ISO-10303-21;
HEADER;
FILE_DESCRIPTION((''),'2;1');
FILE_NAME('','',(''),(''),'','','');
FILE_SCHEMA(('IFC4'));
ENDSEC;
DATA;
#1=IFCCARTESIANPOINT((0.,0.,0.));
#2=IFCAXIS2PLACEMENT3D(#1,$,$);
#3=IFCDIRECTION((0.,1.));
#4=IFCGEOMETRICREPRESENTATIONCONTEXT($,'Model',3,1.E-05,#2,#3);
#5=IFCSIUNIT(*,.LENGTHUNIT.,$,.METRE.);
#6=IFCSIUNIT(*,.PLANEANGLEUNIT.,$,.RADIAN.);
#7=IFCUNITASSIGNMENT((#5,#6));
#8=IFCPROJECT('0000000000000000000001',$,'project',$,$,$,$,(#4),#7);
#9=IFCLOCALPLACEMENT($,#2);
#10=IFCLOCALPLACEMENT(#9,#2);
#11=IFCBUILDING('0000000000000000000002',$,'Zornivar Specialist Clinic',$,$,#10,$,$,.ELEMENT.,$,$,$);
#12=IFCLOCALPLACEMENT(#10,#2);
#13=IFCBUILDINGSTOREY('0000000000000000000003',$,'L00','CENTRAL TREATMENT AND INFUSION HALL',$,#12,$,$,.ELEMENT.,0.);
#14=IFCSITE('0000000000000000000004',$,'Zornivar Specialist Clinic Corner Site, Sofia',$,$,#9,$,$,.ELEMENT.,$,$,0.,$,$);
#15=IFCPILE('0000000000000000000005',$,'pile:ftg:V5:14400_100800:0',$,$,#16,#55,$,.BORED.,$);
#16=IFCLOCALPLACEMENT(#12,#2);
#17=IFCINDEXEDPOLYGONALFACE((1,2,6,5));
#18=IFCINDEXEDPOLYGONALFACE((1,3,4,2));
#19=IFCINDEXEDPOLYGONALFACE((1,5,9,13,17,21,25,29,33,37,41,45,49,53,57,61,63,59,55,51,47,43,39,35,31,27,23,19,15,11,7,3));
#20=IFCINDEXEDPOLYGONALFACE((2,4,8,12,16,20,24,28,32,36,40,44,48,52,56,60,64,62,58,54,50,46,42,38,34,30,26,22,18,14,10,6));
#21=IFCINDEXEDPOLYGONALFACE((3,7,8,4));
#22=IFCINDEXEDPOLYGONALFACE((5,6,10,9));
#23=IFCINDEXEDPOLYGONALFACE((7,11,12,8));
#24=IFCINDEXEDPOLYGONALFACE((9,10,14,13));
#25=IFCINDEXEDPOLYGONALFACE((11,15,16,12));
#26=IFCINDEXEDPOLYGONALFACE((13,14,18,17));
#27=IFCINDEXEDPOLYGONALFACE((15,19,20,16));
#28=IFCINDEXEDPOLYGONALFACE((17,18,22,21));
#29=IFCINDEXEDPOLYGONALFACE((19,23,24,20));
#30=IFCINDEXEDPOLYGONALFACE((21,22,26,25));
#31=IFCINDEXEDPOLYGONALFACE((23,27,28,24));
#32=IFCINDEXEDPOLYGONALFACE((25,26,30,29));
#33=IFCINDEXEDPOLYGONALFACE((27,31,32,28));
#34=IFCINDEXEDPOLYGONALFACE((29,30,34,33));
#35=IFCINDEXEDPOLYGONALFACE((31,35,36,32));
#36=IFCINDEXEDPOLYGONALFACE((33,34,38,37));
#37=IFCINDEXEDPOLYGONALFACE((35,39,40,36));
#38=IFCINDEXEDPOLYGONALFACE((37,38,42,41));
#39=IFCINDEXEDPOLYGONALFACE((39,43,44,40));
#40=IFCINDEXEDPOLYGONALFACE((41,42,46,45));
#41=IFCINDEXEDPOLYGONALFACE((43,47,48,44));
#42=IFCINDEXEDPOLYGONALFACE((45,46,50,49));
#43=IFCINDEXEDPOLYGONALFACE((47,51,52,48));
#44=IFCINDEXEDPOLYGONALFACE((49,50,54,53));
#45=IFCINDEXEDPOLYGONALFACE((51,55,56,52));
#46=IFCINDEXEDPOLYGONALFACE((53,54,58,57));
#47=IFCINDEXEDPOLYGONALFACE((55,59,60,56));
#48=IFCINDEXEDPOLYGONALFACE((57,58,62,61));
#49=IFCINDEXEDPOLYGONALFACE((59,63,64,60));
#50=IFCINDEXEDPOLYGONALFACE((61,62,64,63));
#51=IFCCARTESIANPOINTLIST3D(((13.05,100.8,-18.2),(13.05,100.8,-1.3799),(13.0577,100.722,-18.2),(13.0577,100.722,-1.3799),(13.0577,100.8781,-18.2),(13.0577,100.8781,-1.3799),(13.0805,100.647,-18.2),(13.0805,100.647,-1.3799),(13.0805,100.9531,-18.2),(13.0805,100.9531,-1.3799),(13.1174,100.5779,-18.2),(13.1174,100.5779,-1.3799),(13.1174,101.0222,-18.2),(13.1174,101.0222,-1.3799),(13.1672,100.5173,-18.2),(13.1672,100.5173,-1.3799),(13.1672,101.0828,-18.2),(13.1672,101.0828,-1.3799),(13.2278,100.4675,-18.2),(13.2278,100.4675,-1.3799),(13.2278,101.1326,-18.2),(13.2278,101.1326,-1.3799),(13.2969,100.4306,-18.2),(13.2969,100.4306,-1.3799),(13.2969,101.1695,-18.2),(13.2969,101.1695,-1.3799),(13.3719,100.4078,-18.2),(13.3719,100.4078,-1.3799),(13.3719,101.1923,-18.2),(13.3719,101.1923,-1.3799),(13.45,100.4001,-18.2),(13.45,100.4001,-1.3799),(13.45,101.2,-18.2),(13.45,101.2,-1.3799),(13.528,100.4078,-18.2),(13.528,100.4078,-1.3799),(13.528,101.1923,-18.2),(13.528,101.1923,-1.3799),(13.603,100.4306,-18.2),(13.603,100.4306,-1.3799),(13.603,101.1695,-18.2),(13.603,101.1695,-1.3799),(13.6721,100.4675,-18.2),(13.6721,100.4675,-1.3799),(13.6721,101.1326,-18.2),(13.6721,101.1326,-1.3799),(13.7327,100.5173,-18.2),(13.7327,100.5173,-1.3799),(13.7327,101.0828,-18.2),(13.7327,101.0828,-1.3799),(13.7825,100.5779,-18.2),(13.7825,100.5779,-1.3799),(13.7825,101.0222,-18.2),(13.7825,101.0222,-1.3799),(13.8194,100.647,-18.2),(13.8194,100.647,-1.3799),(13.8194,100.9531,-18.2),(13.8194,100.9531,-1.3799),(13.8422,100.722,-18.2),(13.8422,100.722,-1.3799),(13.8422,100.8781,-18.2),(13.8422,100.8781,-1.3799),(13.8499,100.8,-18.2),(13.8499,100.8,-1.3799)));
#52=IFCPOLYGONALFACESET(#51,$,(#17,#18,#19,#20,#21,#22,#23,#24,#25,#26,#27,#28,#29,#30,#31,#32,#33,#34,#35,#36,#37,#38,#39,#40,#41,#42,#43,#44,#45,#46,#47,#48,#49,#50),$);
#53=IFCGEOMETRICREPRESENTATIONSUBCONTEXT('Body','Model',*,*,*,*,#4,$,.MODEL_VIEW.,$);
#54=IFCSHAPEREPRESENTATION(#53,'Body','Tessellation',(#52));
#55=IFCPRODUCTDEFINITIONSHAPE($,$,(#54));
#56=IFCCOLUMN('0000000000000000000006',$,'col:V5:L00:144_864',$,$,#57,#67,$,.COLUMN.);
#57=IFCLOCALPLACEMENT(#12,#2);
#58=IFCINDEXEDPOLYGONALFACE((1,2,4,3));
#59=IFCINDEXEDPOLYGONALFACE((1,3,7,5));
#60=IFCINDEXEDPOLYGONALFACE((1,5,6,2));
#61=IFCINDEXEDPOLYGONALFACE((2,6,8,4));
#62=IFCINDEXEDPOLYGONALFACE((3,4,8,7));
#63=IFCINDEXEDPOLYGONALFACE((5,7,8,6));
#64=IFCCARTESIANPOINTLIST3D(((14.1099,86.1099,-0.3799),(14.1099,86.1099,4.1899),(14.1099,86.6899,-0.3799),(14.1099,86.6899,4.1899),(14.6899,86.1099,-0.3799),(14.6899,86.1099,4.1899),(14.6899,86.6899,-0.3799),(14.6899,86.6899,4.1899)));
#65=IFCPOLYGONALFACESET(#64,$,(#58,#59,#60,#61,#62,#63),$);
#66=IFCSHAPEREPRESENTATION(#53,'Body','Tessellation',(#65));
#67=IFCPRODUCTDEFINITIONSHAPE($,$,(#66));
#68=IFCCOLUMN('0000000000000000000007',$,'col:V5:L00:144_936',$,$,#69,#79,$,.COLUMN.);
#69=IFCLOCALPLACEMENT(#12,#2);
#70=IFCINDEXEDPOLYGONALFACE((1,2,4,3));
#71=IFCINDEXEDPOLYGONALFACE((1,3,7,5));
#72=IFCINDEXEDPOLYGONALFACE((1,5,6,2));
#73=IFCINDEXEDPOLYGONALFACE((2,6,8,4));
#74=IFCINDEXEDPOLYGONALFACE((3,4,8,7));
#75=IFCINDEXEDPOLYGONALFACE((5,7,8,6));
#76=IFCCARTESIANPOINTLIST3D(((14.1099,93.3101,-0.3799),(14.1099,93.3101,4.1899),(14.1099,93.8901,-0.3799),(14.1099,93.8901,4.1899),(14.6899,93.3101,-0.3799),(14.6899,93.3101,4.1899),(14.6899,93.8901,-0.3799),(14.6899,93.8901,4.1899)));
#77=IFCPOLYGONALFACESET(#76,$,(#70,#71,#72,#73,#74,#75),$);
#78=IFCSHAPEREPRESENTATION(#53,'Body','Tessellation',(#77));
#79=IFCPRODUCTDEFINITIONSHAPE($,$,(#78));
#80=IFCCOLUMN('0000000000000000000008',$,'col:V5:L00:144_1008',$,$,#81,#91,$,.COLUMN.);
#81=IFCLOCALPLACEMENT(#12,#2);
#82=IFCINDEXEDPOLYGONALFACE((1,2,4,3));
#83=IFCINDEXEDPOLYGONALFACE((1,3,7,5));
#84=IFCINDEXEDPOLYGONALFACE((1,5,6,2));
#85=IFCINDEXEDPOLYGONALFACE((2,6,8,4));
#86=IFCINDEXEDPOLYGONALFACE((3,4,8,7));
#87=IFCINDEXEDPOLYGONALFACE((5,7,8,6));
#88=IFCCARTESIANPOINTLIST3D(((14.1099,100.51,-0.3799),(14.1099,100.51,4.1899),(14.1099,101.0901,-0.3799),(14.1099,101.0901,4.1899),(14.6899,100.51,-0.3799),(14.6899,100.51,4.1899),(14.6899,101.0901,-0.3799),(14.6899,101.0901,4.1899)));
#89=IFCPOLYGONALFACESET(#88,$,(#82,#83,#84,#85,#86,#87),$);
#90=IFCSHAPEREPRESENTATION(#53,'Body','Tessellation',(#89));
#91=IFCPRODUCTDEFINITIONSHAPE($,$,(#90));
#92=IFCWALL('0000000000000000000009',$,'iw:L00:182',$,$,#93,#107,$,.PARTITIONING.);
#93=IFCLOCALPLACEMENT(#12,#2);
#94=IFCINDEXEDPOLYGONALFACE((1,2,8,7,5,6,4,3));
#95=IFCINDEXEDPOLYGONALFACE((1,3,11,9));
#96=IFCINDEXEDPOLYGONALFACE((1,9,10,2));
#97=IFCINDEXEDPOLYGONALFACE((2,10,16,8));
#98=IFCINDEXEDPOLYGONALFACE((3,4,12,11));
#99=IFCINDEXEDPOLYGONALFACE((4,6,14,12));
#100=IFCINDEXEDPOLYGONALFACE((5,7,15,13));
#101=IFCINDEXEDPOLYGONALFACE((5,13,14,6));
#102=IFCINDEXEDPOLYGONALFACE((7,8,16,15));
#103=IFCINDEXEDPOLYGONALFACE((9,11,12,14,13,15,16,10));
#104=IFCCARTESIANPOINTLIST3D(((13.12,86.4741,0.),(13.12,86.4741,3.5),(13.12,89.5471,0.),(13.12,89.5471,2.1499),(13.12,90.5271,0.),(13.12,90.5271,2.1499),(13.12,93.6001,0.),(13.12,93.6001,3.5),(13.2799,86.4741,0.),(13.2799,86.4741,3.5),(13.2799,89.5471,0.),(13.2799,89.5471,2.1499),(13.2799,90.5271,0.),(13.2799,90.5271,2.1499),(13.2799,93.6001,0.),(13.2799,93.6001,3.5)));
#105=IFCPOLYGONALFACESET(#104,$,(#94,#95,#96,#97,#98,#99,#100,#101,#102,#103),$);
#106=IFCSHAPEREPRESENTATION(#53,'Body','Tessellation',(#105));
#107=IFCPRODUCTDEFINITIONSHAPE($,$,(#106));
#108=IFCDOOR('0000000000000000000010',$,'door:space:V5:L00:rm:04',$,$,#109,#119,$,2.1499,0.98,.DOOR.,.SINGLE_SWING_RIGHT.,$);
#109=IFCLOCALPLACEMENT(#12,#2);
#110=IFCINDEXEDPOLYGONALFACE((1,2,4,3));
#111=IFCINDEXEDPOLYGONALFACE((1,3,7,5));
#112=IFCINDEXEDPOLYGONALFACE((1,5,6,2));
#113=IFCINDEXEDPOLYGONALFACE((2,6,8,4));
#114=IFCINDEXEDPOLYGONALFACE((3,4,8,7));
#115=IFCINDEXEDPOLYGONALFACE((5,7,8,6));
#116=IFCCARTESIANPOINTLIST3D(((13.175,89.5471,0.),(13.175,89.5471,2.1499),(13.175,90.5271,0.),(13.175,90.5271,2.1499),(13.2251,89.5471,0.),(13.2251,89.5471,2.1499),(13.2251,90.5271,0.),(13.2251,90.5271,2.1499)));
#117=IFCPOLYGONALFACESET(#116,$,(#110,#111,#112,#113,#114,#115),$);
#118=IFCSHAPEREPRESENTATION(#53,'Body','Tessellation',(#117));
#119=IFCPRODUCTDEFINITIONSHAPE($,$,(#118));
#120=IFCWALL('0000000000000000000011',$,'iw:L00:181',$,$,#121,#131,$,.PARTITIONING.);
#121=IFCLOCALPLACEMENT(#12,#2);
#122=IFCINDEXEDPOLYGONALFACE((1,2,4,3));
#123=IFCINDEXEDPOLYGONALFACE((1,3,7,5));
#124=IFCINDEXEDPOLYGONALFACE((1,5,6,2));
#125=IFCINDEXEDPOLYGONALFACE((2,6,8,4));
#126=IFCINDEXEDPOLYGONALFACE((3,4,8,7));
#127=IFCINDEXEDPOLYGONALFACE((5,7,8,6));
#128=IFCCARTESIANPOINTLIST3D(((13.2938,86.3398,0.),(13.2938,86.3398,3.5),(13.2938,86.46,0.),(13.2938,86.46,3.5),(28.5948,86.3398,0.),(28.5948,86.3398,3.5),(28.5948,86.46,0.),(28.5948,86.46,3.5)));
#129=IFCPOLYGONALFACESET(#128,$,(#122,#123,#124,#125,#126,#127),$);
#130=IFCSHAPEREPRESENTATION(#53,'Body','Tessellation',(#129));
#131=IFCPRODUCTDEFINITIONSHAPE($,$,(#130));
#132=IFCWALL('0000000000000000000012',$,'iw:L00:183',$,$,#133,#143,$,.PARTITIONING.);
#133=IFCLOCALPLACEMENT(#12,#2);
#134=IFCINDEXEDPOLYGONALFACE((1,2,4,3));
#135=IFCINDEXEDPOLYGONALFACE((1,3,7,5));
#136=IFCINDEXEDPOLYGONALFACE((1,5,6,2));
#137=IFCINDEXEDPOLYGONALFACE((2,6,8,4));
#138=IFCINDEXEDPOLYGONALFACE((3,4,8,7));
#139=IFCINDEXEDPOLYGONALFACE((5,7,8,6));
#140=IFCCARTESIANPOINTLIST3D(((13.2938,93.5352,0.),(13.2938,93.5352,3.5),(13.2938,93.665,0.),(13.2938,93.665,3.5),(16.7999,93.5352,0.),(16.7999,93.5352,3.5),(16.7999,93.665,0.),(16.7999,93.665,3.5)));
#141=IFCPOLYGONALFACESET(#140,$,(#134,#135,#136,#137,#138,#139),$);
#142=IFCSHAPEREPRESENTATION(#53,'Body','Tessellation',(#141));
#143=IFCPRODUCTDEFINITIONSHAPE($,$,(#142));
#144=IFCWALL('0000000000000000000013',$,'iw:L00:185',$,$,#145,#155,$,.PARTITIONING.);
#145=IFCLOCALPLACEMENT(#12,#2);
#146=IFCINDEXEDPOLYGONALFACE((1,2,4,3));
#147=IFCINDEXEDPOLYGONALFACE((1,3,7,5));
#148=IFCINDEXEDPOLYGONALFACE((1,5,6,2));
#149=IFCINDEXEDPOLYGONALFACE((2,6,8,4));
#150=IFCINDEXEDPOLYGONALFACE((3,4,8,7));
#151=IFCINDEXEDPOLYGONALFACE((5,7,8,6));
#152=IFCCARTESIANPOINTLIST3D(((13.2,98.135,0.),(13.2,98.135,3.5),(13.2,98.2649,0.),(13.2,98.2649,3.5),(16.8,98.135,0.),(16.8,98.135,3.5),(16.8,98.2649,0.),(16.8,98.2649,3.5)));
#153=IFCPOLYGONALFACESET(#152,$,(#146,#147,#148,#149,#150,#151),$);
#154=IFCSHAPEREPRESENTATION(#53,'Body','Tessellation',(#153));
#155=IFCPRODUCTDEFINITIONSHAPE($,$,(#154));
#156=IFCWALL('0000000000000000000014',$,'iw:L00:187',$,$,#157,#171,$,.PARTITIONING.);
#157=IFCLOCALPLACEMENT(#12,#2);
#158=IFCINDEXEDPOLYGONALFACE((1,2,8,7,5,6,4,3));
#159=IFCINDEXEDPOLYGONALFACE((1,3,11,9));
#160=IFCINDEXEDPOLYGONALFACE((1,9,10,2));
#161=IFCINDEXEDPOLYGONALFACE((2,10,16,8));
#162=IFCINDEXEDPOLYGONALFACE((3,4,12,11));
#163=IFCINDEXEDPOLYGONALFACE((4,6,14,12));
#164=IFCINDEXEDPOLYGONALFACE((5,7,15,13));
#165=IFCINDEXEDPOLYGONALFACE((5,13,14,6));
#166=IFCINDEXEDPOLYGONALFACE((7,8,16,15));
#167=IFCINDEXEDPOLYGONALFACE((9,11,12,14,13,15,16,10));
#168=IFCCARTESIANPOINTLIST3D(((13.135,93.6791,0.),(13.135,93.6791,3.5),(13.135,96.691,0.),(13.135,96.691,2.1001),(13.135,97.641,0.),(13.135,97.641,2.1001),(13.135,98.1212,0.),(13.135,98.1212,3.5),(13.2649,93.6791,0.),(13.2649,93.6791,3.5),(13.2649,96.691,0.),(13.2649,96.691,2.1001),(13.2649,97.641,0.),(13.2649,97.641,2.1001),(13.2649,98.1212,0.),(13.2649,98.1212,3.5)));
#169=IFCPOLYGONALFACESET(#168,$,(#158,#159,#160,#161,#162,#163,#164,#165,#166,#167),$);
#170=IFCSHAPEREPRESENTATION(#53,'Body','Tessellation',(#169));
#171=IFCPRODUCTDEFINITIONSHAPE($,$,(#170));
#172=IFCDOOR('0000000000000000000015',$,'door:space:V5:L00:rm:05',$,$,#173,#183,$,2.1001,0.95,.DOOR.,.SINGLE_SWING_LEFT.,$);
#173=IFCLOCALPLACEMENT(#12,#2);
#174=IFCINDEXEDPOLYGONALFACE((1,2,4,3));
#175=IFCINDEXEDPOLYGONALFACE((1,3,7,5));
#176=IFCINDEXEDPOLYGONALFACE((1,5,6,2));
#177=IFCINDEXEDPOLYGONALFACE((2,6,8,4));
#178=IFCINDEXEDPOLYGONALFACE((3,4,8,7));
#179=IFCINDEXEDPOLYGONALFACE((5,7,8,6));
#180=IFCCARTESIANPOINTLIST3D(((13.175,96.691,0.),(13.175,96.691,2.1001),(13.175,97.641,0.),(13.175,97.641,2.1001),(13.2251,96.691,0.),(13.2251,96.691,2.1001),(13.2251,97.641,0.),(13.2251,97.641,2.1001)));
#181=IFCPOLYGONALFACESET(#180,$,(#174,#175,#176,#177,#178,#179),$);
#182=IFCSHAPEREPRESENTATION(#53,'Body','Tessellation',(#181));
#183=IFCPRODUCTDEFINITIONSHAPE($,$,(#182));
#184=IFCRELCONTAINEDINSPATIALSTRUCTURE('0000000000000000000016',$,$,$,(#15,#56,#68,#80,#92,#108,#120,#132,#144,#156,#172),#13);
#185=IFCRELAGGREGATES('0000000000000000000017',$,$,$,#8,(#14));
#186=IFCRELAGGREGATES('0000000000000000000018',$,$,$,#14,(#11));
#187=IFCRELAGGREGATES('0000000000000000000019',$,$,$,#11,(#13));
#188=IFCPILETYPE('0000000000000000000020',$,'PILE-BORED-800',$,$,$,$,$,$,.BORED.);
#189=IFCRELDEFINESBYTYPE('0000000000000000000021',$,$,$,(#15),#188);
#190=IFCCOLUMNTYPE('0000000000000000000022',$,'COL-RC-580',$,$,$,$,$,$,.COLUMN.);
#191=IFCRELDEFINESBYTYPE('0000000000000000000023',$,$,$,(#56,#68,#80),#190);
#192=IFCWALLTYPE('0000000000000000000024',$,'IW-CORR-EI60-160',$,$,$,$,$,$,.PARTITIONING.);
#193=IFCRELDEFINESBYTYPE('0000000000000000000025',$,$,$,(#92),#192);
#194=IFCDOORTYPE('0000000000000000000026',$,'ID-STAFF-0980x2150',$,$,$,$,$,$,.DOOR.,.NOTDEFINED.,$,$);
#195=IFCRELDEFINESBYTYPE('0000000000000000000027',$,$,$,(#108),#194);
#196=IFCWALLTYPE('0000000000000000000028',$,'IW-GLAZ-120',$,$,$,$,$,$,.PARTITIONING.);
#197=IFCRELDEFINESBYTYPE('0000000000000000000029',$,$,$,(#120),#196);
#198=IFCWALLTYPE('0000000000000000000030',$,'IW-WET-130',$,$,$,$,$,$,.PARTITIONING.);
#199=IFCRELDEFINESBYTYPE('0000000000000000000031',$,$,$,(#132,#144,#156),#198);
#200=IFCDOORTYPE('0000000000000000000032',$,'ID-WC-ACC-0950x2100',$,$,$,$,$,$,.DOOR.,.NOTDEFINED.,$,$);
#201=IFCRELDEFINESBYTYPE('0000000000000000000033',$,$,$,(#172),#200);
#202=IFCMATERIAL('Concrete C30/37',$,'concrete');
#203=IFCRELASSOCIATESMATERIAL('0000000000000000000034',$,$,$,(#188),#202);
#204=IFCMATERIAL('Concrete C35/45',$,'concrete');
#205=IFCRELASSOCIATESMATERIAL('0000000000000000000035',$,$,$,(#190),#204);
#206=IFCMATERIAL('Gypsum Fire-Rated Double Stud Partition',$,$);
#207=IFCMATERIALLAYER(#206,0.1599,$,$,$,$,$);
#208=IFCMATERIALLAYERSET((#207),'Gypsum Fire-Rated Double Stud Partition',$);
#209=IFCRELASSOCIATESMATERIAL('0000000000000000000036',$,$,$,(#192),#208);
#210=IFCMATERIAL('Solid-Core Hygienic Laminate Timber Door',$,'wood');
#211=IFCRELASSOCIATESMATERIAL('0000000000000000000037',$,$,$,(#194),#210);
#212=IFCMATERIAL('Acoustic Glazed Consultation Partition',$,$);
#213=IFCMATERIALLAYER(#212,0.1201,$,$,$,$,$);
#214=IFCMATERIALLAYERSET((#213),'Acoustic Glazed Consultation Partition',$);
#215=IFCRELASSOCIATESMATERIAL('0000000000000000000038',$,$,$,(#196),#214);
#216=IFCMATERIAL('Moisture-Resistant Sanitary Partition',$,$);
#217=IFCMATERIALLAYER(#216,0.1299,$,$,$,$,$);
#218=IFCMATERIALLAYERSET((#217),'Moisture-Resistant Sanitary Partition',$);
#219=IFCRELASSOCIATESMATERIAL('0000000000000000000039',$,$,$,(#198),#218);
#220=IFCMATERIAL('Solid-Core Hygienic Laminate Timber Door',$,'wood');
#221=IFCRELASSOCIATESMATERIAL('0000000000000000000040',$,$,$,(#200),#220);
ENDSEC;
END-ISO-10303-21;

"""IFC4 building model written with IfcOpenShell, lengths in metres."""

from ifc_helpers import new_model, si_unit, direction, frame, frame_2d, origin, origin_2d, place, context, subcontext, project, spatial, rectangle, circle, extrude, material, layer, layer_set, material_profile, profile_set, type_object, element, fill, save


model = new_model("IFC4")

# Units and contexts
model_context = context("Model", 3, precision=1e-05, world=origin(), true_north=direction((0.0, 1.0)))
body_context = subcontext(model_context, "Body", "Model", "MODEL_VIEW")
ifc_project = project(units=[si_unit("LENGTHUNIT", "METRE"), si_unit("PLANEANGLEUNIT", "RADIAN")], contexts=[model_context])

# Site, building, storey
site_placement = place(None, origin())
site = spatial("IfcSite", under=ifc_project, at=site_placement, Name="Zornivar Specialist Clinic Corner Site, Sofia", CompositionType="ELEMENT", RefElevation=0.0)
building_placement = place(site_placement, origin())
building = spatial("IfcBuilding", under=site, at=building_placement, Name="Zornivar Specialist Clinic", CompositionType="ELEMENT")
storey_placement = place(building_placement, origin())
storey = spatial("IfcBuildingStorey", under=building, at=storey_placement, Name="L00", Description="CENTRAL TREATMENT AND INFUSION HALL", CompositionType="ELEMENT", Elevation=0.0)

# Pile
ifc_material_1 = material(Name="Concrete C30/37", Category="concrete")
ifc_material_profile_1 = material_profile(ifc_material_1, circle(Radius=0.3999, at=origin_2d()), Name="PILE D800")
ifc_profile_set_1 = profile_set([ifc_material_profile_1], Name="Concrete C30/37")
pile_type = type_object("IfcPileType", Name="PILE-BORED-800", PredefinedType="BORED", material=ifc_profile_set_1)
for number, where, z_axis, x_axis, name in (
    (1, (13.45, 100.8, -1.3799), (0.0, 0.0, -1.0), (1.0, 0.0, 0.0), "pile:ftg:V5:14400_100800:0"),
):
    element("IfcPile", number, at=place(storey_placement, frame(where, z_axis=z_axis, x_axis=x_axis)), inside=storey, type_object=pile_type, Name=name, PredefinedType="BORED", context=body_context, shape_type="SweptSolid", body=[
        extrude(circle(Radius=0.3999, at=origin_2d()), origin(), (0.0, 0.0, 1.0), 16.8201),
    ])

# Columns
ifc_material_2 = material(Name="Concrete C35/45", Category="concrete")
ifc_material_profile_2 = material_profile(ifc_material_2, rectangle(XDim=0.5801, YDim=0.5801, at=origin_2d()), Name="RC 580x580")
ifc_profile_set_2 = profile_set([ifc_material_profile_2], Name="Concrete C35/45")
column_type = type_object("IfcColumnType", Name="COL-RC-580", PredefinedType="COLUMN", material=ifc_profile_set_2)
for number, where, z_axis, x_axis, name in (
    (2, (14.3999, 86.3999, -0.3799), (0.0, 0.0, 1.0), (1.0, 0.0, 0.0), "col:V5:L00:144_864"),
    (3, (14.3999, 93.6001, -0.3799), (0.0, 0.0, 1.0), (1.0, 0.0, 0.0), "col:V5:L00:144_936"),
    (4, (14.3999, 100.8, -0.3799), (0.0, 0.0, 1.0), (1.0, 0.0, 0.0), "col:V5:L00:144_1008"),
):
    element("IfcColumn", number, at=place(storey_placement, frame(where, z_axis=z_axis, x_axis=x_axis)), inside=storey, type_object=column_type, Name=name, PredefinedType="COLUMN", context=body_context, shape_type="SweptSolid", body=[
        extrude(rectangle(XDim=0.5801, YDim=0.5801, at=origin_2d()), origin(), (0.0, 0.0, 1.0), 4.5698),
    ])

# Wall, opening, door
ifc_material_3 = material(Name="Gypsum Fire-Rated Double Stud Partition")
ifc_layer_1 = layer(ifc_material_3, 0.1599)
ifc_layer_set_1 = layer_set([ifc_layer_1], Name="Gypsum Fire-Rated Double Stud Partition")
wall_type_1 = type_object("IfcWallType", Name="IW-CORR-EI60-160", PredefinedType="PARTITIONING", material=ifc_layer_set_1)
wall_1_placement = place(storey_placement, frame((13.2, 86.4741, 0.0), z_axis=(0.0, 0.0, 1.0), x_axis=(0.0, 1.0, 0.0)))
wall_1 = element("IfcWall", 5, at=wall_1_placement, inside=storey, type_object=wall_type_1, Name="iw:L00:182", PredefinedType="PARTITIONING", context=body_context, shape_type="SweptSolid", body=[
    extrude(rectangle(XDim=7.126, YDim=0.1599, at=frame_2d((3.563, 0.0))), origin(), (0.0, 0.0, 1.0), 3.5),
])
opening_1_placement = place(wall_1_placement, frame((3.073, 0.0, 0.0)))
opening_1 = element("IfcOpeningElement", 6, at=opening_1_placement, cuts=wall_1, PredefinedType="OPENING", context=body_context, shape_type="SweptSolid", body=[
    extrude(rectangle(XDim=0.98, YDim=2.1499, at=frame_2d((0.49, 1.075))), frame((0.0, 0.0898, 0.0), z_axis=(0.0, -1.0, 0.0), x_axis=(1.0, 0.0, 0.0)), (0.0, 0.0, 1.0), 0.1799),
])
ifc_material_4 = material(Name="Solid-Core Hygienic Laminate Timber Door", Category="wood")
door_type_1 = type_object("IfcDoorType", Name="ID-STAFF-0980x2150", OperationType="NOTDEFINED", PredefinedType="DOOR", material=ifc_material_4)
door_1_placement = place(opening_1_placement, origin())
door_1 = element("IfcDoor", 7, at=door_1_placement, inside=storey, type_object=door_type_1, Name="door:space:V5:L00:rm:04", OperationType="SINGLE_SWING_RIGHT", OverallHeight=2.1499, OverallWidth=0.98, PredefinedType="DOOR", context=body_context, shape_type="SweptSolid", body=[
    extrude(rectangle(XDim=0.98, YDim=2.1499, at=frame_2d((0.49, 1.075))), frame((0.0, 0.0249, 0.0), z_axis=(0.0, -1.0, 0.0), x_axis=(1.0, 0.0, 0.0)), (0.0, 0.0, 1.0), 0.05),
])
fill(opening_1, door_1)

# Walls
ifc_material_5 = material(Name="Acoustic Glazed Consultation Partition")
ifc_layer_2 = layer(ifc_material_5, 0.1201)
ifc_layer_set_2 = layer_set([ifc_layer_2], Name="Acoustic Glazed Consultation Partition")
wall_type_2 = type_object("IfcWallType", Name="IW-GLAZ-120", PredefinedType="PARTITIONING", material=ifc_layer_set_2)
wall_2_placement = place(storey_placement, frame((13.2939, 86.3999, 0.0), z_axis=(0.0, 0.0, 1.0), x_axis=(1.0, 0.0, 0.0)))
element("IfcWall", 8, at=wall_2_placement, inside=storey, type_object=wall_type_2, Name="iw:L00:181", PredefinedType="PARTITIONING", context=body_context, shape_type="SweptSolid", body=[
    extrude(rectangle(XDim=15.301, YDim=0.1201, at=frame_2d((7.6504, 0.0))), origin(), (0.0, 0.0, 1.0), 3.5),
])
ifc_material_6 = material(Name="Moisture-Resistant Sanitary Partition")
ifc_layer_3 = layer(ifc_material_6, 0.1299)
ifc_layer_set_3 = layer_set([ifc_layer_3], Name="Moisture-Resistant Sanitary Partition")
wall_type_3 = type_object("IfcWallType", Name="IW-WET-130", PredefinedType="PARTITIONING", material=ifc_layer_set_3)
wall_3_placement = place(storey_placement, frame((13.2939, 93.6001, 0.0), z_axis=(0.0, 0.0, 1.0), x_axis=(1.0, 0.0, 0.0)))
element("IfcWall", 9, at=wall_3_placement, inside=storey, type_object=wall_type_3, Name="iw:L00:183", PredefinedType="PARTITIONING", context=body_context, shape_type="SweptSolid", body=[
    extrude(rectangle(XDim=3.5061, YDim=0.1299, at=frame_2d((1.7529, 0.0))), origin(), (0.0, 0.0, 1.0), 3.5),
])
wall_4_placement = place(storey_placement, frame((13.2, 98.2, 0.0), z_axis=(0.0, 0.0, 1.0), x_axis=(1.0, 0.0, 0.0)))
element("IfcWall", 10, at=wall_4_placement, inside=storey, type_object=wall_type_3, Name="iw:L00:185", PredefinedType="PARTITIONING", context=body_context, shape_type="SweptSolid", body=[
    extrude(rectangle(XDim=3.6001, YDim=0.1299, at=frame_2d((1.8, 0.0))), origin(), (0.0, 0.0, 1.0), 3.5),
])

# Wall, opening, door
wall_5_placement = place(storey_placement, frame((13.2, 93.679, 0.0), z_axis=(0.0, 0.0, 1.0), x_axis=(0.0, 1.0, 0.0)))
wall_5 = element("IfcWall", 11, at=wall_5_placement, inside=storey, type_object=wall_type_3, Name="iw:L00:187", PredefinedType="PARTITIONING", context=body_context, shape_type="SweptSolid", body=[
    extrude(rectangle(XDim=4.4421, YDim=0.1299, at=frame_2d((2.2212, 0.0))), origin(), (0.0, 0.0, 1.0), 3.5),
])
opening_2_placement = place(wall_5_placement, frame((3.012, 0.0, 0.0)))
opening_2 = element("IfcOpeningElement", 12, at=opening_2_placement, cuts=wall_5, PredefinedType="OPENING", context=body_context, shape_type="SweptSolid", body=[
    extrude(rectangle(XDim=0.95, YDim=2.1001, at=frame_2d((0.4751, 1.05))), frame((0.0, 0.075, 0.0), z_axis=(0.0, -1.0, 0.0), x_axis=(1.0, 0.0, 0.0)), (0.0, 0.0, 1.0), 0.1499),
])
ifc_material_7 = material(Name="Solid-Core Hygienic Laminate Timber Door", Category="wood")
door_type_2 = type_object("IfcDoorType", Name="ID-WC-ACC-0950x2100", OperationType="NOTDEFINED", PredefinedType="DOOR", material=ifc_material_7)
door_2_placement = place(opening_2_placement, origin())
door_2 = element("IfcDoor", 13, at=door_2_placement, inside=storey, type_object=door_type_2, Name="door:space:V5:L00:rm:05", OperationType="SINGLE_SWING_LEFT", OverallHeight=2.1001, OverallWidth=0.95, PredefinedType="DOOR", context=body_context, shape_type="SweptSolid", body=[
    extrude(rectangle(XDim=0.95, YDim=2.1001, at=frame_2d((0.4751, 1.05))), frame((0.0, 0.0249, 0.0), z_axis=(0.0, -1.0, 0.0), x_axis=(1.0, 0.0, 0.0)), (0.0, 0.0, 1.0), 0.05),
])
fill(opening_2, door_2)

save(model, "model.ifc")
